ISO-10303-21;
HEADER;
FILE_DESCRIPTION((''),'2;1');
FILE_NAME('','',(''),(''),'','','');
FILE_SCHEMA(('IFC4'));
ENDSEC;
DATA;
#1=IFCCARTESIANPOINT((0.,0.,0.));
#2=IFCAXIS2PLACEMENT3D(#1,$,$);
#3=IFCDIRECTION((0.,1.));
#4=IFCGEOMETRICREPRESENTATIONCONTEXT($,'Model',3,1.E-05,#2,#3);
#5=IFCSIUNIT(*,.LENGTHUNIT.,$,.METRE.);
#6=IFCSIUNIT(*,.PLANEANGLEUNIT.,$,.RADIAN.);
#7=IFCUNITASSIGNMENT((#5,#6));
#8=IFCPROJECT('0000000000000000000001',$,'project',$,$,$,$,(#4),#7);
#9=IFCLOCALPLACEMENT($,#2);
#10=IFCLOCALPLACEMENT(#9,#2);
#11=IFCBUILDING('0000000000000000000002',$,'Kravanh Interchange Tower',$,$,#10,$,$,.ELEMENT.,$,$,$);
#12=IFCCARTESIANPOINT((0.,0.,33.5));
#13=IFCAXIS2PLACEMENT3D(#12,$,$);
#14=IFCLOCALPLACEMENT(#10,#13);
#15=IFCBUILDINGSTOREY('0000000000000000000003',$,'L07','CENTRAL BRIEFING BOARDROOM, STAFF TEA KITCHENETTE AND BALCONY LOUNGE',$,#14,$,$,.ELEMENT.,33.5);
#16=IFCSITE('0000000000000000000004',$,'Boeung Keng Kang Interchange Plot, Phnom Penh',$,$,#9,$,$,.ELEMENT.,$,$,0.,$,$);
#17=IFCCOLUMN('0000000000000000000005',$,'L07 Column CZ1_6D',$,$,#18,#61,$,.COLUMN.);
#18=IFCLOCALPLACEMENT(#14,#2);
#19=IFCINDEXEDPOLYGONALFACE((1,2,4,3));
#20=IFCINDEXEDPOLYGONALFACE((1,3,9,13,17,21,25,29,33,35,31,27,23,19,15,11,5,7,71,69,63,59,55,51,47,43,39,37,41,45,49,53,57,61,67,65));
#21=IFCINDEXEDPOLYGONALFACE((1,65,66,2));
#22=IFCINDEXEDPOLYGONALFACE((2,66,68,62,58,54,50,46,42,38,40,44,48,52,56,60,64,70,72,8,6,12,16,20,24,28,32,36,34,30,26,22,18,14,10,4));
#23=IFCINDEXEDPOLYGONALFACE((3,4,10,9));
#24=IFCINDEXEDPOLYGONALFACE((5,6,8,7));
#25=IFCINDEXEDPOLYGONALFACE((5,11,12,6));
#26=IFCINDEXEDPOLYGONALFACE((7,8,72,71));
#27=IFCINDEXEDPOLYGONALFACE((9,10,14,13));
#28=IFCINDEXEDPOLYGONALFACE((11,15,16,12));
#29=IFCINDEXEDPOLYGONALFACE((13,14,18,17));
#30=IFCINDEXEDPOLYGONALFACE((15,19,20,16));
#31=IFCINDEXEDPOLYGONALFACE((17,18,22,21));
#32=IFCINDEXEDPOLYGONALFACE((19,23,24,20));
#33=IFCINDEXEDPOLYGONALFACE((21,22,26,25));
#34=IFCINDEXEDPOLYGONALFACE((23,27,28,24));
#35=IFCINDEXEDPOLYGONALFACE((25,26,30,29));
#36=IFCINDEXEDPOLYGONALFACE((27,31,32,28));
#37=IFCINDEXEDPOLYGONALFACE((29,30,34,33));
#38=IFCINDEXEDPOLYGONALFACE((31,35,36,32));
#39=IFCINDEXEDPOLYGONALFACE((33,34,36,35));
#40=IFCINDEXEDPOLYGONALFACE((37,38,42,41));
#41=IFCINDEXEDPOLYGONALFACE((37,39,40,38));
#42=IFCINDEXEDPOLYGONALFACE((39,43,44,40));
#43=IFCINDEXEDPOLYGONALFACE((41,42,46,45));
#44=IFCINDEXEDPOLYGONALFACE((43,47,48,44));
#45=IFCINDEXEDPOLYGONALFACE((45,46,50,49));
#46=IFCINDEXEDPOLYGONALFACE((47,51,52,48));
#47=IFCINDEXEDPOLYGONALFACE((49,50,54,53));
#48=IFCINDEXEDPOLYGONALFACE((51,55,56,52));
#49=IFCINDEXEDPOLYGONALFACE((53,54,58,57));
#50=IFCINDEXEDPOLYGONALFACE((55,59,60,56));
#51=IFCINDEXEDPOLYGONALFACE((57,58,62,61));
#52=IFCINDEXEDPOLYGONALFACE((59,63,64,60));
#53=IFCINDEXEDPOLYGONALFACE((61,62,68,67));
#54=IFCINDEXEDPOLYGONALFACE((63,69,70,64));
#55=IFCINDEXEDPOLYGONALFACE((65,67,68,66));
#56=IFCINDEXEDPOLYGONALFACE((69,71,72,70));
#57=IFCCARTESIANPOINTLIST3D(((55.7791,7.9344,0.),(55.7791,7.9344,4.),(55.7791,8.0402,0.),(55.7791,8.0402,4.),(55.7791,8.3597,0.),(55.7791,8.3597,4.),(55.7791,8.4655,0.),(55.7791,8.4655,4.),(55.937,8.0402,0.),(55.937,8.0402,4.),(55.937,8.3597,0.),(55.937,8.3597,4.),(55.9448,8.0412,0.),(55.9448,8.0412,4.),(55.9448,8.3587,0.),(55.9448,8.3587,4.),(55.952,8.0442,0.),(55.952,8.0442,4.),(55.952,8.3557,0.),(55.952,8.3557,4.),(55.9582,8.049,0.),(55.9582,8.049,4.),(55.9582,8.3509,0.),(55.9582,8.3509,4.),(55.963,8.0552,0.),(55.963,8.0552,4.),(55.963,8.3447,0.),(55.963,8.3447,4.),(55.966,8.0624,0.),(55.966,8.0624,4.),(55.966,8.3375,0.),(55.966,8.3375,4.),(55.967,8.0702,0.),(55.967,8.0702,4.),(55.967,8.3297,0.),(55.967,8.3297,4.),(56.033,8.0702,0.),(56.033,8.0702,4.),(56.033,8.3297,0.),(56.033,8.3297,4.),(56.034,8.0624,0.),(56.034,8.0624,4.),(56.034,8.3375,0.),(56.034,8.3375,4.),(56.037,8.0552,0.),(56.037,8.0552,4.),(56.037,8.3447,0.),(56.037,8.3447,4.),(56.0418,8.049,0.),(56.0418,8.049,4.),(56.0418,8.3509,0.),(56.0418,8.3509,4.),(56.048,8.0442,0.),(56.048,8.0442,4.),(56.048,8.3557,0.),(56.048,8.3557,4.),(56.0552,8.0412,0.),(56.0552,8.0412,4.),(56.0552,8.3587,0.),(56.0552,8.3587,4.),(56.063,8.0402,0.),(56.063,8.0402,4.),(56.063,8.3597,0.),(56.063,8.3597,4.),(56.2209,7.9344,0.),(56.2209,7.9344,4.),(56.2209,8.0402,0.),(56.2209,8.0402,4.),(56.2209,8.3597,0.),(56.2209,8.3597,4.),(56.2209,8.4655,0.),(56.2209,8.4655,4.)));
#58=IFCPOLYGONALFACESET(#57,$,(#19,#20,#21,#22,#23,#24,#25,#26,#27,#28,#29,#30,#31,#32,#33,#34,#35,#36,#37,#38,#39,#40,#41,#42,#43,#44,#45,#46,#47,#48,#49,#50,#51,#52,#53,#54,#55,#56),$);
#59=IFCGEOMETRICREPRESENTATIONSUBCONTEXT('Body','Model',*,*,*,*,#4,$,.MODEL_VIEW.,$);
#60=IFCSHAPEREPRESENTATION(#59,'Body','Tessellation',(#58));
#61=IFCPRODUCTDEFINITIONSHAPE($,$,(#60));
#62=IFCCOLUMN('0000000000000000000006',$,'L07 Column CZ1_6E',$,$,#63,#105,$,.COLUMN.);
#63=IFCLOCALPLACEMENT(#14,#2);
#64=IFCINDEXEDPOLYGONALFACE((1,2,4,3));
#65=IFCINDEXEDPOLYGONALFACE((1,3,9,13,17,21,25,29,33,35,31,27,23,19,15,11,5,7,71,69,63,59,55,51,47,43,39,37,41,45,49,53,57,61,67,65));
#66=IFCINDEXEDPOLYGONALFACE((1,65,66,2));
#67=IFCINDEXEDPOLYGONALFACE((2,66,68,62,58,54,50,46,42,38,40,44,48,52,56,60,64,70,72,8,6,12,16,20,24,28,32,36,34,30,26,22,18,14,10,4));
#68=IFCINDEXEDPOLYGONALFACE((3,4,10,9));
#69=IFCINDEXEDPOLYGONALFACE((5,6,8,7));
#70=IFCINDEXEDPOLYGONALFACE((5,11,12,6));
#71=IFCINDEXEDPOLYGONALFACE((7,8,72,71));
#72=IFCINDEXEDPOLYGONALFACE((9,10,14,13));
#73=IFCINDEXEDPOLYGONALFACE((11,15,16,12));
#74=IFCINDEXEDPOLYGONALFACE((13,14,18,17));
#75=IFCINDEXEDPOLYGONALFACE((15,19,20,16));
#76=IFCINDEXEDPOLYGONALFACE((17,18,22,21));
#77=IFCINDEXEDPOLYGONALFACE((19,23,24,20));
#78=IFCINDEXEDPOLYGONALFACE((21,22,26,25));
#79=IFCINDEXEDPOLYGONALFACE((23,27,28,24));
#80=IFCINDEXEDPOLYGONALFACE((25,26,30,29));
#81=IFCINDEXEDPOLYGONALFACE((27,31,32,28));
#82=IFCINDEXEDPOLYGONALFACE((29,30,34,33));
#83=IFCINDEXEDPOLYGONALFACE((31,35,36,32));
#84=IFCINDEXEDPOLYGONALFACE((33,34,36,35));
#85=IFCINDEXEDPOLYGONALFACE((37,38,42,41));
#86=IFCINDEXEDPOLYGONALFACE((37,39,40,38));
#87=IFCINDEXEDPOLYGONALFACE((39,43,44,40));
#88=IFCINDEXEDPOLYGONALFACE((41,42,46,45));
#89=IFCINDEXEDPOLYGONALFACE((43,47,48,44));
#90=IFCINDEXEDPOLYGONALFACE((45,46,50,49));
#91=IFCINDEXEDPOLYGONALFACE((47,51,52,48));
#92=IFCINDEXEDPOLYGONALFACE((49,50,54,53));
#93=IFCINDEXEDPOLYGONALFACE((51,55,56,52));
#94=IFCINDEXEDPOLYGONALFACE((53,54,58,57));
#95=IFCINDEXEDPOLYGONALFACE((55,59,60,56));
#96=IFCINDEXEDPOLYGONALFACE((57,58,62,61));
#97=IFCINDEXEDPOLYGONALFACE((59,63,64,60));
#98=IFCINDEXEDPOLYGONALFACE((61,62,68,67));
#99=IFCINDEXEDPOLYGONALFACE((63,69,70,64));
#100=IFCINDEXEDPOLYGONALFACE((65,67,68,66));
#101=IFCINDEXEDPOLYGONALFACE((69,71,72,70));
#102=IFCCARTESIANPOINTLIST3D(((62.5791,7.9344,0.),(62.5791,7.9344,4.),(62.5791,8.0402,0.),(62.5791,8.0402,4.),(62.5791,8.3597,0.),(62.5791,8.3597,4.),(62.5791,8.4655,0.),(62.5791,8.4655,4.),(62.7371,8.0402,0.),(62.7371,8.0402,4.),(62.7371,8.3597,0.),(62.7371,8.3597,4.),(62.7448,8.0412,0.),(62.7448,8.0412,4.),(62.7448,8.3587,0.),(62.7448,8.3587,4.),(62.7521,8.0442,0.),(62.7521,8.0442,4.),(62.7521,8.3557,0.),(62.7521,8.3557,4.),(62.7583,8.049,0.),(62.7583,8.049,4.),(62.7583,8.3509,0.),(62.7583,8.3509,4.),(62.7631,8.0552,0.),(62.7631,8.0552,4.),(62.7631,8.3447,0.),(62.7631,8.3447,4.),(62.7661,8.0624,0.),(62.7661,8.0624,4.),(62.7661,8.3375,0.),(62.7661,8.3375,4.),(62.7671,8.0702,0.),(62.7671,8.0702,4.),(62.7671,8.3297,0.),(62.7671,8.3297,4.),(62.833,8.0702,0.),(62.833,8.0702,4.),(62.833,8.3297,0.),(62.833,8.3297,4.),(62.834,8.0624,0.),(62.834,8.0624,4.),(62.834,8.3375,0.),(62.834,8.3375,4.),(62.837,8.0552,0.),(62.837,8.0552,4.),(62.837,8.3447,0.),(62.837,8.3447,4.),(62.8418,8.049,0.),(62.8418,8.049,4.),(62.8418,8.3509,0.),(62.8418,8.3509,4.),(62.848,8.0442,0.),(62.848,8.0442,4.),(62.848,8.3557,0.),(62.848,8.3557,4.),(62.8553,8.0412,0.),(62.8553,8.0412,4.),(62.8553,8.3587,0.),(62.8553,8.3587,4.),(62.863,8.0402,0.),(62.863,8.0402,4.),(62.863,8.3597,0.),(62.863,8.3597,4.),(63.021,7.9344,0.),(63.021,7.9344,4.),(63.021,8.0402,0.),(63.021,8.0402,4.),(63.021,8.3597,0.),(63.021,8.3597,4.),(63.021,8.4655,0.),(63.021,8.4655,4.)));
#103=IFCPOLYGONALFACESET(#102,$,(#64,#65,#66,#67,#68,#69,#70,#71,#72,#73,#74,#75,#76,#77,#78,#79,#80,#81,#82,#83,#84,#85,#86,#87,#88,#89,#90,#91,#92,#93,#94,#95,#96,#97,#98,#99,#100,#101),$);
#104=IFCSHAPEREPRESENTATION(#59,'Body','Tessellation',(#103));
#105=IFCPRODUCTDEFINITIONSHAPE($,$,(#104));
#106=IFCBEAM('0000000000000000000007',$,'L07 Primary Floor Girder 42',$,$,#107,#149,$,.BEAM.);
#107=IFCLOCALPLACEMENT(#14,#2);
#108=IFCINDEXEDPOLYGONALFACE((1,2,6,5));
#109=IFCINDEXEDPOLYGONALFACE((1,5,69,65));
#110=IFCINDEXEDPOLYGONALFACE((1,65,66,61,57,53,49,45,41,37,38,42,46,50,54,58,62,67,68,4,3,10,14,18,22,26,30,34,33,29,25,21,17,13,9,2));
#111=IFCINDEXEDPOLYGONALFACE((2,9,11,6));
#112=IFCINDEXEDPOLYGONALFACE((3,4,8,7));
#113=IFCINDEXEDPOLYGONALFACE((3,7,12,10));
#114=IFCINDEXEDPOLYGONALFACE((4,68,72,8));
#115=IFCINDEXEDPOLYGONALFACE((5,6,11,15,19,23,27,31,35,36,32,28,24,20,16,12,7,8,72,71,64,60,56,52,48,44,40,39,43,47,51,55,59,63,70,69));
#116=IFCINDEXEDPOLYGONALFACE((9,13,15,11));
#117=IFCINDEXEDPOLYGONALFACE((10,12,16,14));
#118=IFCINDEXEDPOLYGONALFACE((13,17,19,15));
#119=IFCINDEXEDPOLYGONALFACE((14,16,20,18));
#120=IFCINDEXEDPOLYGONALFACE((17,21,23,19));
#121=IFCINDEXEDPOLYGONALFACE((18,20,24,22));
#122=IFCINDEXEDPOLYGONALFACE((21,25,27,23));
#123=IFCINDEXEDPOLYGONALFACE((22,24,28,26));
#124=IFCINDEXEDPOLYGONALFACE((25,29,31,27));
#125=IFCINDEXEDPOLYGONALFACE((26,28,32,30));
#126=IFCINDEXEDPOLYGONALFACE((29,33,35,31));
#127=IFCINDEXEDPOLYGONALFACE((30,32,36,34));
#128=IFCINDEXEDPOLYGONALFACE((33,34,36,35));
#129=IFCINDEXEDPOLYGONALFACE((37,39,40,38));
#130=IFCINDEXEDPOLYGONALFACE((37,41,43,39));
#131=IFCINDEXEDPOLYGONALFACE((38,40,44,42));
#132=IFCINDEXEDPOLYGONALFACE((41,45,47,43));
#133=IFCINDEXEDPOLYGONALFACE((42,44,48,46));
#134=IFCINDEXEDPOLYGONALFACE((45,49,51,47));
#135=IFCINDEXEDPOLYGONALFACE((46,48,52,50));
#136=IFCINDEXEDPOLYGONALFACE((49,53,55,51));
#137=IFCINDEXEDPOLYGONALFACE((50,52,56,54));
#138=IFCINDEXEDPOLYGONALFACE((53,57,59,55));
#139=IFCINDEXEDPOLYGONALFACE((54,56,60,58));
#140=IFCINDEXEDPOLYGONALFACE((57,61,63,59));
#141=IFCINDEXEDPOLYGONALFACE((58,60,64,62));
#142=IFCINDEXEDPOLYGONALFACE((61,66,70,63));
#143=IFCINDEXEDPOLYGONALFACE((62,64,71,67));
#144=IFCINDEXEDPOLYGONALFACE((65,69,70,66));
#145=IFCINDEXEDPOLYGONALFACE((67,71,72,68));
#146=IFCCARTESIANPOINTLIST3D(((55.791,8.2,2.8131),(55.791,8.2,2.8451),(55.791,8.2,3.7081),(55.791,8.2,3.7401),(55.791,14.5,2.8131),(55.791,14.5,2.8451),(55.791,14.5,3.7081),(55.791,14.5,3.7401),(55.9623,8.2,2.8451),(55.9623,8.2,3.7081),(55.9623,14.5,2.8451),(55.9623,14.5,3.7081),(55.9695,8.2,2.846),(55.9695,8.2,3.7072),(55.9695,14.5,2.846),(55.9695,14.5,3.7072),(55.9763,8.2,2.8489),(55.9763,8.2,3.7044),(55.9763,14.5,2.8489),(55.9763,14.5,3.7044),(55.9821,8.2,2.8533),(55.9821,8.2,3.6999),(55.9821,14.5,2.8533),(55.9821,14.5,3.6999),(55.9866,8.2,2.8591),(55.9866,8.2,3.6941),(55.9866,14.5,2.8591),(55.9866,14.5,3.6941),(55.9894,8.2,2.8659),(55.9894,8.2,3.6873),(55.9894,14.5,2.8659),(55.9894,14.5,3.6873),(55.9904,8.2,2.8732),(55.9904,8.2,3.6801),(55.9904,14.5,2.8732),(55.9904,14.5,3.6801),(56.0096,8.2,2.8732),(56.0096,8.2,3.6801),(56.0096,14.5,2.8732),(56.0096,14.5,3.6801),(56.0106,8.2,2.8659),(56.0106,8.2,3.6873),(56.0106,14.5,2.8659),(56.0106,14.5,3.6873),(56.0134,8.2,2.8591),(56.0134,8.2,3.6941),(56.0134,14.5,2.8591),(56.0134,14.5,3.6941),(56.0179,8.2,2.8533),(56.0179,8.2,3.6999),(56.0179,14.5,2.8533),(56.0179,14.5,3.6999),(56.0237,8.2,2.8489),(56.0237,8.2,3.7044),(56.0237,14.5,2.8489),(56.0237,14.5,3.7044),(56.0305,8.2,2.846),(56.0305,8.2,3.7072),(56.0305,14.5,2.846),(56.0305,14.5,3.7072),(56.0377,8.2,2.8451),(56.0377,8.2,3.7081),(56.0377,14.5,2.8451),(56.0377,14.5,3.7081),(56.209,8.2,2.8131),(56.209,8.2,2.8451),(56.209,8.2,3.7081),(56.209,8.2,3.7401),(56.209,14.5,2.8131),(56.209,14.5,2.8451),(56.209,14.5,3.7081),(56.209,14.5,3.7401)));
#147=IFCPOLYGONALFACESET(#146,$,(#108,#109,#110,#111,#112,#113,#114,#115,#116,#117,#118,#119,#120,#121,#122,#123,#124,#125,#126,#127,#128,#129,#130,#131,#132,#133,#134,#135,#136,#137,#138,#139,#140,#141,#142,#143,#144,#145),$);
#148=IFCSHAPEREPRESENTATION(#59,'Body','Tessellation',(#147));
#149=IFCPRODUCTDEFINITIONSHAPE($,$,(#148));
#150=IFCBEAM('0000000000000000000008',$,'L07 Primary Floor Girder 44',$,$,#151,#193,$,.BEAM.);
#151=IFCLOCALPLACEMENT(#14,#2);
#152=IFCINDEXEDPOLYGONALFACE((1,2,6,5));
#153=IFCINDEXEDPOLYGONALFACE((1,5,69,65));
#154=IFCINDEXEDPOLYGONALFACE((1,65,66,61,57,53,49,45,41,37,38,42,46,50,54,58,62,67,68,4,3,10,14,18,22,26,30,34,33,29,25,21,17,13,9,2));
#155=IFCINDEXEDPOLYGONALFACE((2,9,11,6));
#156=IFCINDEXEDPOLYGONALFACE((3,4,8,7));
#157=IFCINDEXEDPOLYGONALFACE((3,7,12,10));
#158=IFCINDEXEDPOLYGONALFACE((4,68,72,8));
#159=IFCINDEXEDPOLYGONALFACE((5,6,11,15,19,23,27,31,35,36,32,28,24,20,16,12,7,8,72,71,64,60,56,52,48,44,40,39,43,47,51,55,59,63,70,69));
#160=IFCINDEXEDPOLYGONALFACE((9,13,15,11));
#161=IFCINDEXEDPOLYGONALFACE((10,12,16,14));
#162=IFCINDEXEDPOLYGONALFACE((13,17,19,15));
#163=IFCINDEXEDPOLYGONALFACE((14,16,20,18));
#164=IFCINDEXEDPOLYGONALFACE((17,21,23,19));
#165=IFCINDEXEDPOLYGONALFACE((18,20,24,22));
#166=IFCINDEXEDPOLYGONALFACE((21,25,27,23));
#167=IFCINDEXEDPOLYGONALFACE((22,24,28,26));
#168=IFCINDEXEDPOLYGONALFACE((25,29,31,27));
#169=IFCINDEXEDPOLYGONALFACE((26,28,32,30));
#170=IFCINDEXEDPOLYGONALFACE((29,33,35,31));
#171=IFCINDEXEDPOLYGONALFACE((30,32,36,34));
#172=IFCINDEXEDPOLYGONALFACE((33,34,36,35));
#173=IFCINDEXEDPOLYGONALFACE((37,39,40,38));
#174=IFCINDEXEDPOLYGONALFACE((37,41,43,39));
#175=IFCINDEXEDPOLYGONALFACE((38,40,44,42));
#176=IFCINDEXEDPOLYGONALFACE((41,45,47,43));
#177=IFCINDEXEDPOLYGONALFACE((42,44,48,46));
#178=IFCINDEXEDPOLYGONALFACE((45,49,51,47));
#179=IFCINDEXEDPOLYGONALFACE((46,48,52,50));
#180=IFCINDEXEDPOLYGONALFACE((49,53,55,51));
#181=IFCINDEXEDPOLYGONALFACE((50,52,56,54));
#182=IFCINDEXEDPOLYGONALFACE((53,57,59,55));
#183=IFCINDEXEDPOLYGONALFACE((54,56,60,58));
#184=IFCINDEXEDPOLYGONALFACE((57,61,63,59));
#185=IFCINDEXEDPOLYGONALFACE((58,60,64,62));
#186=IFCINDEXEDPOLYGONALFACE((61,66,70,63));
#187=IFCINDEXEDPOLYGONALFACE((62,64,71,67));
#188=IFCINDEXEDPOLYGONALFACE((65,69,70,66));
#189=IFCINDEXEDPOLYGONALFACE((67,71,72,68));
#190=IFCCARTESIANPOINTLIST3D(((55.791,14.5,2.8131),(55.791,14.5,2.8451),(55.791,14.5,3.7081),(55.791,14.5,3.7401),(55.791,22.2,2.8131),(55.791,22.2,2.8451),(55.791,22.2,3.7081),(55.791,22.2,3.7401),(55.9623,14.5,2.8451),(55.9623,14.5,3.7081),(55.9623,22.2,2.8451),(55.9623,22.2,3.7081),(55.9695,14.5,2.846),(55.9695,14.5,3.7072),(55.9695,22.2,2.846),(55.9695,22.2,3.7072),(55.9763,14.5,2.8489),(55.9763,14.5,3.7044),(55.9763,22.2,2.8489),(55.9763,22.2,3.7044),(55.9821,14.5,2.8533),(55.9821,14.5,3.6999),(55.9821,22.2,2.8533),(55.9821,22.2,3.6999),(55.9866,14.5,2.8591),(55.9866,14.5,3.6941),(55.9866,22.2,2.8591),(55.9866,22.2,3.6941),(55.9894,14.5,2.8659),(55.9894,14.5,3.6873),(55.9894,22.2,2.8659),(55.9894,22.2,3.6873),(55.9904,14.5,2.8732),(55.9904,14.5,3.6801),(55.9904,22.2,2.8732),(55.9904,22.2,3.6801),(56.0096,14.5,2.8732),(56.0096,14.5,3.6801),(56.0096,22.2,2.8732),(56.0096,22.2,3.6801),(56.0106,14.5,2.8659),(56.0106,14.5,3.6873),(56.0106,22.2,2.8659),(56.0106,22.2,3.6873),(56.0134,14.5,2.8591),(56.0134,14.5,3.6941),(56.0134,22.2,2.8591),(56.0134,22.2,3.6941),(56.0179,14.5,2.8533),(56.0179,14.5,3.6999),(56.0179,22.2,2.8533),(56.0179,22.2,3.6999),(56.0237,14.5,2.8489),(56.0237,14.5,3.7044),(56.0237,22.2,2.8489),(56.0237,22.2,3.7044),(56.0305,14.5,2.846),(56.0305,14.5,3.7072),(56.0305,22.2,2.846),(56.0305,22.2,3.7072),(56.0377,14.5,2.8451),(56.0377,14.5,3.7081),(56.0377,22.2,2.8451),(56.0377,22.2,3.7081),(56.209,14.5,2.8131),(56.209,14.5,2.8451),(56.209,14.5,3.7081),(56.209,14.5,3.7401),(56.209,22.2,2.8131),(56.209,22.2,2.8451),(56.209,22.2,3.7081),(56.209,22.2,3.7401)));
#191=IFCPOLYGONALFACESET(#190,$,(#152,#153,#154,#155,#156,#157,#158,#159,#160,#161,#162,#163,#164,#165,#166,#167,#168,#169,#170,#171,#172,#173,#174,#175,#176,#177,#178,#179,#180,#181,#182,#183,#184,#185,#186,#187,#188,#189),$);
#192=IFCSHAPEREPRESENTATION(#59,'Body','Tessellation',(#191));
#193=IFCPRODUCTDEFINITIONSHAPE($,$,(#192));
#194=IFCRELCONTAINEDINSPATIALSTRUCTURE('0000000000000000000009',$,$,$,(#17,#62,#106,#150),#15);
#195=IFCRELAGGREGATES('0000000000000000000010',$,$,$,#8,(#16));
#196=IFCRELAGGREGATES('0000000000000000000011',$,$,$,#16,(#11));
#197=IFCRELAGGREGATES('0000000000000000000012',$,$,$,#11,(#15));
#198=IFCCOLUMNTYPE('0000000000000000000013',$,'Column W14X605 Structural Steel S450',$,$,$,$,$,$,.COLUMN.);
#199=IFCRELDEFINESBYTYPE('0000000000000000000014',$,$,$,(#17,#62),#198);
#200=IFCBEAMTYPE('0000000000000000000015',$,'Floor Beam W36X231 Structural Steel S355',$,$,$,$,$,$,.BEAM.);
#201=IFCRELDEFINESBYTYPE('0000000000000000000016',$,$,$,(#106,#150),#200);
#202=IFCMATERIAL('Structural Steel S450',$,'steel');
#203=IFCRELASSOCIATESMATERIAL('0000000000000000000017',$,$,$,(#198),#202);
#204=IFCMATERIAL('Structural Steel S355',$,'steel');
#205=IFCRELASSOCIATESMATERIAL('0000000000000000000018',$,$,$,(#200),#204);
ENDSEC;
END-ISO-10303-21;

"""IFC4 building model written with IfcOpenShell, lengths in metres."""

from ifc_helpers import new_model, si_unit, direction, frame, origin, origin_2d, place, context, subcontext, project, spatial, i_section, extrude, material, material_profile, profile_set, type_object, element, save


model = new_model("IFC4")

# Units and contexts
model_context = context("Model", 3, precision=1e-05, world=origin(), true_north=direction((0.0, 1.0)))
body_context = subcontext(model_context, "Body", "Model", "MODEL_VIEW")
ifc_project = project(units=[si_unit("LENGTHUNIT", "METRE"), si_unit("PLANEANGLEUNIT", "RADIAN")], contexts=[model_context])

# Site, building, storey
site_placement = place(None, origin())
site = spatial("IfcSite", under=ifc_project, at=site_placement, Name="Boeung Keng Kang Interchange Plot, Phnom Penh", CompositionType="ELEMENT", RefElevation=0.0)
building_placement = place(site_placement, origin())
building = spatial("IfcBuilding", under=site, at=building_placement, Name="Kravanh Interchange Tower", CompositionType="ELEMENT")
storey_placement = place(building_placement, frame((0.0, 0.0, 33.5)))
storey = spatial("IfcBuildingStorey", under=building, at=storey_placement, Name="L07", Description="CENTRAL BRIEFING BOARDROOM, STAFF TEA KITCHENETTE AND BALCONY LOUNGE", CompositionType="ELEMENT", Elevation=33.5)

# Columns
ifc_material_1 = material(Name="Structural Steel S450", Category="steel")
ifc_material_profile_1 = material_profile(ifc_material_1, i_section(OverallWidth=0.4419, OverallDepth=0.531, WebThickness=0.0659, FlangeThickness=0.1057, FilletRadius=0.03, at=origin_2d()), Name="W14X605")
ifc_profile_set_1 = profile_set([ifc_material_profile_1], Name="Structural Steel S450")
column_type = type_object("IfcColumnType", Name="Column W14X605 Structural Steel S450", PredefinedType="COLUMN", material=ifc_profile_set_1)
for number, where, z_axis, x_axis, name in (
    (1, (56.0, 8.2, 0.0), (0.0, 0.0, 1.0), (1.0, 0.0, 0.0), "L07 Column CZ1_6D"),
    (2, (62.8, 8.2, 0.0), (0.0, 0.0, 1.0), (1.0, 0.0, 0.0), "L07 Column CZ1_6E"),
):
    element("IfcColumn", number, at=place(storey_placement, frame(where, z_axis=z_axis, x_axis=x_axis)), inside=storey, type_object=column_type, Name=name, PredefinedType="COLUMN", context=body_context, shape_type="SweptSolid", body=[
        extrude(i_section(OverallWidth=0.4419, OverallDepth=0.531, WebThickness=0.0659, FlangeThickness=0.1057, FilletRadius=0.03, at=origin_2d()), origin(), (0.0, 0.0, 1.0), 4.0),
    ])

# Beams
ifc_material_2 = material(Name="Structural Steel S355", Category="steel")
ifc_material_profile_2 = material_profile(ifc_material_2, i_section(OverallWidth=0.418, OverallDepth=0.927, WebThickness=0.0193, FlangeThickness=0.032, FilletRadius=0.0281, at=origin_2d()), Name="W36X231")
ifc_profile_set_2 = profile_set([ifc_material_profile_2], Name="Structural Steel S355")
beam_type_1 = type_object("IfcBeamType", Name="Floor Beam W36X231 Structural Steel S355", PredefinedType="BEAM", material=ifc_profile_set_2)
beam_1_placement = place(storey_placement, frame((56.0, 14.5, 3.2766), z_axis=(0.0, -1.0, 0.0), x_axis=(1.0, 0.0, 0.0)))
element("IfcBeam", 3, at=beam_1_placement, inside=storey, type_object=beam_type_1, Name="L07 Primary Floor Girder 42", PredefinedType="BEAM", context=body_context, shape_type="SweptSolid", body=[
    extrude(i_section(OverallWidth=0.418, OverallDepth=0.927, WebThickness=0.0193, FlangeThickness=0.032, FilletRadius=0.0281, at=origin_2d()), origin(), (0.0, 0.0, 1.0), 6.3),
])
for number, where, z_axis, x_axis, name in (
    (4, (56.0, 14.5, 3.2766), (0.0, 1.0, 0.0), (-1.0, 0.0, 0.0), "L07 Primary Floor Girder 44"),
):
    element("IfcBeam", number, at=place(storey_placement, frame(where, z_axis=z_axis, x_axis=x_axis)), inside=storey, type_object=beam_type_1, Name=name, PredefinedType="BEAM", context=body_context, shape_type="SweptSolid", body=[
        extrude(i_section(OverallWidth=0.418, OverallDepth=0.927, WebThickness=0.0193, FlangeThickness=0.032, FilletRadius=0.0281, at=origin_2d()), origin(), (0.0, 0.0, 1.0), 7.7),
    ])

save(model, "model.ifc")
